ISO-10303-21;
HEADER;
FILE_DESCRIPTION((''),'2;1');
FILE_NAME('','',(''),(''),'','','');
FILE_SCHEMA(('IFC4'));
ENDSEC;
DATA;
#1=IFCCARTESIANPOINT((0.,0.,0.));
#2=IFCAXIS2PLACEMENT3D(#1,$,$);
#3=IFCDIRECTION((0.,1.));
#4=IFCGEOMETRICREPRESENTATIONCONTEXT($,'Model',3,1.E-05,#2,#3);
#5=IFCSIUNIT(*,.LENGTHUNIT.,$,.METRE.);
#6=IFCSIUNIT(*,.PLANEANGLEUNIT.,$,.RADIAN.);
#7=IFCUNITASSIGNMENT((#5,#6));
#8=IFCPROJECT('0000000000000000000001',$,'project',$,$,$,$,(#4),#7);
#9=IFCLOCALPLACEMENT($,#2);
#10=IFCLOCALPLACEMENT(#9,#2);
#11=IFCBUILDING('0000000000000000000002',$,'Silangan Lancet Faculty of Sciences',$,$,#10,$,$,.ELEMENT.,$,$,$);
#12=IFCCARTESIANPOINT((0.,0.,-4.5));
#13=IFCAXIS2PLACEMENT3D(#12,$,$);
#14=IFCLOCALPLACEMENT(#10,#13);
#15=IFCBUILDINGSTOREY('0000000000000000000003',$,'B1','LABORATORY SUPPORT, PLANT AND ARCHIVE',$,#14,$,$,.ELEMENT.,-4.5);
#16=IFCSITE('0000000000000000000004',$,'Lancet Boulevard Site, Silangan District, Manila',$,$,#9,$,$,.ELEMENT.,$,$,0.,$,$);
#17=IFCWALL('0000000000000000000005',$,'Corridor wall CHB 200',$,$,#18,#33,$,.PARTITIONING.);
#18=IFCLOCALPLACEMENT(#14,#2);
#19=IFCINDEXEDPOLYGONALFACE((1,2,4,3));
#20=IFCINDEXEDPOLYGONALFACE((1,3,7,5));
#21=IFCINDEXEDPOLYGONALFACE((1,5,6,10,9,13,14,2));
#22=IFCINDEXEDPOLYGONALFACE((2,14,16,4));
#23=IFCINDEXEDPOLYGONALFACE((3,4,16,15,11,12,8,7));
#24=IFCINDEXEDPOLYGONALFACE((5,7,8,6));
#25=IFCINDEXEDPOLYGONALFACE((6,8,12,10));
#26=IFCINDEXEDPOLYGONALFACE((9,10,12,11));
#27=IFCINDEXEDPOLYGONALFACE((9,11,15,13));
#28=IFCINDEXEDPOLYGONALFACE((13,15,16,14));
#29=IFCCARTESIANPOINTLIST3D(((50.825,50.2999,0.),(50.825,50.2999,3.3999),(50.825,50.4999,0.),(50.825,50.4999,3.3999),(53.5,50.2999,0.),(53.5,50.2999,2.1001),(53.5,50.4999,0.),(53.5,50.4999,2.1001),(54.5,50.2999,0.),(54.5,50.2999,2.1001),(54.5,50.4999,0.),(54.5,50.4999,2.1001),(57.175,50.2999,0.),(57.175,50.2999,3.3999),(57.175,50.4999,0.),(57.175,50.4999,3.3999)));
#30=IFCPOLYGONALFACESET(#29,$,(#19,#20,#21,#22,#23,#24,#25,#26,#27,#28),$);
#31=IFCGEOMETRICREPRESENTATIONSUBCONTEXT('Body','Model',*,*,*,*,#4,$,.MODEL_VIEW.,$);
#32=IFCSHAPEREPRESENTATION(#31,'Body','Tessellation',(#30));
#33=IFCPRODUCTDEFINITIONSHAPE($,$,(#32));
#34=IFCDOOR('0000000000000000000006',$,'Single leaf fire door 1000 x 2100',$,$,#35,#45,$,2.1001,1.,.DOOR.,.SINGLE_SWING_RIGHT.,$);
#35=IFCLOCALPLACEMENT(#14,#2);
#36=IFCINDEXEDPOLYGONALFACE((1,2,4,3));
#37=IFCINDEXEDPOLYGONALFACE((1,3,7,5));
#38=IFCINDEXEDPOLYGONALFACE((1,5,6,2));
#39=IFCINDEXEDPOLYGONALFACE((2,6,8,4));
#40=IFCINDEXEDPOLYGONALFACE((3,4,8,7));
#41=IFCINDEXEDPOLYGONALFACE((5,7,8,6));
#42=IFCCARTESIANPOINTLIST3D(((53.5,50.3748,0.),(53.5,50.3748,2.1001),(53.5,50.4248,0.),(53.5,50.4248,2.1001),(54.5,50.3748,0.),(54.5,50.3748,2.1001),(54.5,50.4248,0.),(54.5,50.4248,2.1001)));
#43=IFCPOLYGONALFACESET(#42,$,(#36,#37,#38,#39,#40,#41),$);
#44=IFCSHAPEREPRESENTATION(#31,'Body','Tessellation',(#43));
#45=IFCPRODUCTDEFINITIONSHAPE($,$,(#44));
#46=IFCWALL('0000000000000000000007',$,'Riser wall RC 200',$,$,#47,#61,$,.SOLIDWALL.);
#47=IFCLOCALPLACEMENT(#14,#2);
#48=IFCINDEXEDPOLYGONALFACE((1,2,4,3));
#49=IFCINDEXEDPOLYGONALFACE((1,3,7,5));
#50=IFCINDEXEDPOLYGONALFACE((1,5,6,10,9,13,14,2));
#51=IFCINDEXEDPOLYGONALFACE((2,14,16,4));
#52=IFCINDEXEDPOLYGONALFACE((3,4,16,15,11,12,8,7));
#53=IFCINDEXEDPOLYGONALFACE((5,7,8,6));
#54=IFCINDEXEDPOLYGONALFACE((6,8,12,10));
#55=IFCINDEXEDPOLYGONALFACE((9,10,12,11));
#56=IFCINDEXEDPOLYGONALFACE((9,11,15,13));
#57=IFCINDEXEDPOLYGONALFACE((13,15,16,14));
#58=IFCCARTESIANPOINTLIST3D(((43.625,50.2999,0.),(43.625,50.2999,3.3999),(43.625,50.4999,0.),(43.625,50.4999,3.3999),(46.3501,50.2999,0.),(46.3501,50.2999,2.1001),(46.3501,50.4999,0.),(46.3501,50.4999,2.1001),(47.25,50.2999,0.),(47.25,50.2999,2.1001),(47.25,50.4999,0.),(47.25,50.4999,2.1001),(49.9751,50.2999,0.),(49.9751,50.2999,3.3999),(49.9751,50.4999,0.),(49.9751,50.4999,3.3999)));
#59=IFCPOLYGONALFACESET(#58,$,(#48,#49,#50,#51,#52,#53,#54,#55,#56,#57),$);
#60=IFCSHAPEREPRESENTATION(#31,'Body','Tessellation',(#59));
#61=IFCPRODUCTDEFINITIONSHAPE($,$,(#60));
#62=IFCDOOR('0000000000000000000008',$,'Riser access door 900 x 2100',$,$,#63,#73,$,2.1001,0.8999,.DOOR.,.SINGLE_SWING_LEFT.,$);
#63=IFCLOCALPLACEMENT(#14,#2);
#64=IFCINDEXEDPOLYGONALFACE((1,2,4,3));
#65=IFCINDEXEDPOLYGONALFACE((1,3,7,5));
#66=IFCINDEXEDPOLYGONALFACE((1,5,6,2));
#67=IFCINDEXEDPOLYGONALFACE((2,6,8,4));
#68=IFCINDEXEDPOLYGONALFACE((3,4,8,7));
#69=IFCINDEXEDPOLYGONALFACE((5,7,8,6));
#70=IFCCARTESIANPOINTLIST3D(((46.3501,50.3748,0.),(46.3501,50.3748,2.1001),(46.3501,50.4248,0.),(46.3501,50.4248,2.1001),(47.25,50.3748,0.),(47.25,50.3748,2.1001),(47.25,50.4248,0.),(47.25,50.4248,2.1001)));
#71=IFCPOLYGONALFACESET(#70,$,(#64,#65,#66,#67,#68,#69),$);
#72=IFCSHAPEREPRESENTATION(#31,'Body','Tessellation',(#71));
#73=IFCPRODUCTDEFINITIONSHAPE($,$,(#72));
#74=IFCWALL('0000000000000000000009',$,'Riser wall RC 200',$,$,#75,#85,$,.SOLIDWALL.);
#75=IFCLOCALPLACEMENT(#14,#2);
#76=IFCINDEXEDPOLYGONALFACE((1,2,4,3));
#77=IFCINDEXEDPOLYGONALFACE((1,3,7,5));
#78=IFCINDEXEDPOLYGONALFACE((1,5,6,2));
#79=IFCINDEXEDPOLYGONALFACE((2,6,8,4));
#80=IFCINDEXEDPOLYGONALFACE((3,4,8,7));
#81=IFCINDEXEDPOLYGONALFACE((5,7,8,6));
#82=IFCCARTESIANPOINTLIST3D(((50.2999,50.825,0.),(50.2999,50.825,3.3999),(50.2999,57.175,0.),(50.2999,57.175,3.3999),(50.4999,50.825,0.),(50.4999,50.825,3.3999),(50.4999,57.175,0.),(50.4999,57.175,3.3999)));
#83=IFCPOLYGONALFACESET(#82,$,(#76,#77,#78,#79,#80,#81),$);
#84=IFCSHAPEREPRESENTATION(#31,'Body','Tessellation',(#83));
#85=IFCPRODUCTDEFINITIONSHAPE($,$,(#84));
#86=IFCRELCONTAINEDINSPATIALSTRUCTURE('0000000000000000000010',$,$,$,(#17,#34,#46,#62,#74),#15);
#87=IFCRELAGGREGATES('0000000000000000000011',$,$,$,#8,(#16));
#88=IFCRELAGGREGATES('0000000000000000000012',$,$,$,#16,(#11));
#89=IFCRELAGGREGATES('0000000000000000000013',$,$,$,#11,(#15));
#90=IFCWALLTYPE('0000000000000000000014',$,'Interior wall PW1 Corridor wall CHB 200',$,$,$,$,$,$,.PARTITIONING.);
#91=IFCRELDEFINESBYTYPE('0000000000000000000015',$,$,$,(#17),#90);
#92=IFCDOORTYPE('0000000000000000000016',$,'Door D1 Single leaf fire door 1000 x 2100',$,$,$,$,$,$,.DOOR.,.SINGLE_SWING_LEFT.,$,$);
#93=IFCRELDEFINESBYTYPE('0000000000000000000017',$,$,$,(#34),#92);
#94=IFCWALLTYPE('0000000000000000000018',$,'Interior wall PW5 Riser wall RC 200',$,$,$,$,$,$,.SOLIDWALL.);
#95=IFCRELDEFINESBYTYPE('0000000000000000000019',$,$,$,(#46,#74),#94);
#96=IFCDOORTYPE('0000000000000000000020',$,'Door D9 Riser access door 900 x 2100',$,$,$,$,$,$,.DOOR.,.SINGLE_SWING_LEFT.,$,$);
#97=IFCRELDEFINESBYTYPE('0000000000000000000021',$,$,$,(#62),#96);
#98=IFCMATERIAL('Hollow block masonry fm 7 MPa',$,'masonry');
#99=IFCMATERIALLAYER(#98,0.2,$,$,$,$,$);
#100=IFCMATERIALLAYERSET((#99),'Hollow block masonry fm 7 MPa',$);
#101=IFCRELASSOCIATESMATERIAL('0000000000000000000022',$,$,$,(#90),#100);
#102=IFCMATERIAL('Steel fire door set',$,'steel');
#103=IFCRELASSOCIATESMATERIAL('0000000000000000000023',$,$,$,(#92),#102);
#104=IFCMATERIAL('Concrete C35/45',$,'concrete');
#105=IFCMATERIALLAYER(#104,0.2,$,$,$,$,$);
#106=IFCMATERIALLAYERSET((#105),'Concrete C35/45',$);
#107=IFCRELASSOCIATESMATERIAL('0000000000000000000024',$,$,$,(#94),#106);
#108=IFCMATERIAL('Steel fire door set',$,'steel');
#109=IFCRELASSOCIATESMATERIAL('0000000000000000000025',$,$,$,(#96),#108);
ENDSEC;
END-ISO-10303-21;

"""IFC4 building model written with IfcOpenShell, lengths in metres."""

from ifc_helpers import new_model, si_unit, direction, frame, frame_2d, origin, place, context, subcontext, project, spatial, rectangle, extrude, material, layer, layer_set, type_object, element, fill, save


model = new_model("IFC4")

# Units and contexts
model_context = context("Model", 3, precision=1e-05, world=origin(), true_north=direction((0.0, 1.0)))
body_context = subcontext(model_context, "Body", "Model", "MODEL_VIEW")
ifc_project = project(units=[si_unit("LENGTHUNIT", "METRE"), si_unit("PLANEANGLEUNIT", "RADIAN")], contexts=[model_context])

# Site, building, storey
site_placement = place(None, origin())
site = spatial("IfcSite", under=ifc_project, at=site_placement, Name="Lancet Boulevard Site, Silangan District, Manila", CompositionType="ELEMENT", RefElevation=0.0)
building_placement = place(site_placement, origin())
building = spatial("IfcBuilding", under=site, at=building_placement, Name="Silangan Lancet Faculty of Sciences", CompositionType="ELEMENT")
storey_placement = place(building_placement, frame((0.0, 0.0, -4.5)))
storey = spatial("IfcBuildingStorey", under=building, at=storey_placement, Name="B1", Description="LABORATORY SUPPORT, PLANT AND ARCHIVE", CompositionType="ELEMENT", Elevation=-4.5)

# Walls, openings, doors
ifc_material_1 = material(Name="Hollow block masonry fm 7 MPa", Category="masonry")
ifc_layer_1 = layer(ifc_material_1, 0.2)
ifc_layer_set_1 = layer_set([ifc_layer_1], Name="Hollow block masonry fm 7 MPa")
wall_type_1 = type_object("IfcWallType", Name="Interior wall PW1 Corridor wall CHB 200", PredefinedType="PARTITIONING", material=ifc_layer_set_1)
ifc_material_2 = material(Name="Steel fire door set", Category="steel")
door_type_1 = type_object("IfcDoorType", Name="Door D1 Single leaf fire door 1000 x 2100", OperationType="SINGLE_SWING_LEFT", PredefinedType="DOOR", material=ifc_material_2)
wall_1_placement = place(storey_placement, frame((50.825, 50.3999, 0.0), z_axis=(0.0, 0.0, 1.0), x_axis=(1.0, 0.0, 0.0)))
wall_1 = element("IfcWall", 1, at=wall_1_placement, inside=storey, type_object=wall_type_1, Name="Corridor wall CHB 200", PredefinedType="PARTITIONING", context=body_context, shape_type="SweptSolid", body=[
    extrude(rectangle(XDim=6.3501, YDim=0.2, at=frame_2d((3.175, 0.0))), origin(), (0.0, 0.0, 1.0), 3.3999),
])
opening_1_placement = place(wall_1_placement, frame((2.675, 0.0, 0.0)))
opening_1 = element("IfcOpeningElement", 2, at=opening_1_placement, cuts=wall_1, PredefinedType="OPENING", context=body_context, shape_type="SweptSolid", body=[
    extrude(rectangle(XDim=1.0, YDim=2.1001, at=frame_2d((0.5, 1.05))), frame((0.0, 0.1099, 0.0), z_axis=(0.0, -1.0, 0.0), x_axis=(1.0, 0.0, 0.0)), (0.0, 0.0, 1.0), 0.22),
])
door_1_placement = place(opening_1_placement, origin())
door_1 = element("IfcDoor", 3, at=door_1_placement, inside=storey, type_object=door_type_1, Name="Single leaf fire door 1000 x 2100", OperationType="SINGLE_SWING_RIGHT", OverallHeight=2.1001, OverallWidth=1.0, PredefinedType="DOOR", context=body_context, shape_type="SweptSolid", body=[
    extrude(rectangle(XDim=1.0, YDim=2.1001, at=frame_2d((0.5, 1.05))), frame((0.0, 0.0249, 0.0), z_axis=(0.0, -1.0, 0.0), x_axis=(1.0, 0.0, 0.0)), (0.0, 0.0, 1.0), 0.05),
])
fill(opening_1, door_1)
ifc_material_3 = material(Name="Concrete C35/45", Category="concrete")
ifc_layer_2 = layer(ifc_material_3, 0.2)
ifc_layer_set_2 = layer_set([ifc_layer_2], Name="Concrete C35/45")
wall_type_2 = type_object("IfcWallType", Name="Interior wall PW5 Riser wall RC 200", PredefinedType="SOLIDWALL", material=ifc_layer_set_2)
wall_2_placement = place(storey_placement, frame((43.625, 50.3999, 0.0), z_axis=(0.0, 0.0, 1.0), x_axis=(1.0, 0.0, 0.0)))
wall_2 = element("IfcWall", 4, at=wall_2_placement, inside=storey, type_object=wall_type_2, Name="Riser wall RC 200", PredefinedType="SOLIDWALL", context=body_context, shape_type="SweptSolid", body=[
    extrude(rectangle(XDim=6.3501, YDim=0.2, at=frame_2d((3.175, 0.0))), origin(), (0.0, 0.0, 1.0), 3.3999),
])
opening_2_placement = place(wall_2_placement, frame((2.7251, 0.0, 0.0)))
opening_2 = element("IfcOpeningElement", 5, at=opening_2_placement, cuts=wall_2, PredefinedType="OPENING", context=body_context, shape_type="SweptSolid", body=[
    extrude(rectangle(XDim=0.8999, YDim=2.1001, at=frame_2d((0.45, 1.05))), frame((0.0, 0.1099, 0.0), z_axis=(0.0, -1.0, 0.0), x_axis=(1.0, 0.0, 0.0)), (0.0, 0.0, 1.0), 0.22),
])
ifc_material_4 = material(Name="Steel fire door set", Category="steel")
door_type_2 = type_object("IfcDoorType", Name="Door D9 Riser access door 900 x 2100", OperationType="SINGLE_SWING_LEFT", PredefinedType="DOOR", material=ifc_material_4)
door_2_placement = place(opening_2_placement, origin())
door_2 = element("IfcDoor", 6, at=door_2_placement, inside=storey, type_object=door_type_2, Name="Riser access door 900 x 2100", OperationType="SINGLE_SWING_LEFT", OverallHeight=2.1001, OverallWidth=0.8999, PredefinedType="DOOR", context=body_context, shape_type="SweptSolid", body=[
    extrude(rectangle(XDim=0.8999, YDim=2.1001, at=frame_2d((0.45, 1.05))), frame((0.0, 0.0249, 0.0), z_axis=(0.0, -1.0, 0.0), x_axis=(1.0, 0.0, 0.0)), (0.0, 0.0, 1.0), 0.05),
])
fill(opening_2, door_2)

# Wall
wall_3_placement = place(storey_placement, frame((50.3999, 50.825, 0.0), z_axis=(0.0, 0.0, 1.0), x_axis=(0.0, 1.0, 0.0)))
element("IfcWall", 7, at=wall_3_placement, inside=storey, type_object=wall_type_2, Name="Riser wall RC 200", PredefinedType="SOLIDWALL", context=body_context, shape_type="SweptSolid", body=[
    extrude(rectangle(XDim=6.3501, YDim=0.2, at=frame_2d((3.175, 0.0))), origin(), (0.0, 0.0, 1.0), 3.3999),
])

save(model, "model.ifc")
